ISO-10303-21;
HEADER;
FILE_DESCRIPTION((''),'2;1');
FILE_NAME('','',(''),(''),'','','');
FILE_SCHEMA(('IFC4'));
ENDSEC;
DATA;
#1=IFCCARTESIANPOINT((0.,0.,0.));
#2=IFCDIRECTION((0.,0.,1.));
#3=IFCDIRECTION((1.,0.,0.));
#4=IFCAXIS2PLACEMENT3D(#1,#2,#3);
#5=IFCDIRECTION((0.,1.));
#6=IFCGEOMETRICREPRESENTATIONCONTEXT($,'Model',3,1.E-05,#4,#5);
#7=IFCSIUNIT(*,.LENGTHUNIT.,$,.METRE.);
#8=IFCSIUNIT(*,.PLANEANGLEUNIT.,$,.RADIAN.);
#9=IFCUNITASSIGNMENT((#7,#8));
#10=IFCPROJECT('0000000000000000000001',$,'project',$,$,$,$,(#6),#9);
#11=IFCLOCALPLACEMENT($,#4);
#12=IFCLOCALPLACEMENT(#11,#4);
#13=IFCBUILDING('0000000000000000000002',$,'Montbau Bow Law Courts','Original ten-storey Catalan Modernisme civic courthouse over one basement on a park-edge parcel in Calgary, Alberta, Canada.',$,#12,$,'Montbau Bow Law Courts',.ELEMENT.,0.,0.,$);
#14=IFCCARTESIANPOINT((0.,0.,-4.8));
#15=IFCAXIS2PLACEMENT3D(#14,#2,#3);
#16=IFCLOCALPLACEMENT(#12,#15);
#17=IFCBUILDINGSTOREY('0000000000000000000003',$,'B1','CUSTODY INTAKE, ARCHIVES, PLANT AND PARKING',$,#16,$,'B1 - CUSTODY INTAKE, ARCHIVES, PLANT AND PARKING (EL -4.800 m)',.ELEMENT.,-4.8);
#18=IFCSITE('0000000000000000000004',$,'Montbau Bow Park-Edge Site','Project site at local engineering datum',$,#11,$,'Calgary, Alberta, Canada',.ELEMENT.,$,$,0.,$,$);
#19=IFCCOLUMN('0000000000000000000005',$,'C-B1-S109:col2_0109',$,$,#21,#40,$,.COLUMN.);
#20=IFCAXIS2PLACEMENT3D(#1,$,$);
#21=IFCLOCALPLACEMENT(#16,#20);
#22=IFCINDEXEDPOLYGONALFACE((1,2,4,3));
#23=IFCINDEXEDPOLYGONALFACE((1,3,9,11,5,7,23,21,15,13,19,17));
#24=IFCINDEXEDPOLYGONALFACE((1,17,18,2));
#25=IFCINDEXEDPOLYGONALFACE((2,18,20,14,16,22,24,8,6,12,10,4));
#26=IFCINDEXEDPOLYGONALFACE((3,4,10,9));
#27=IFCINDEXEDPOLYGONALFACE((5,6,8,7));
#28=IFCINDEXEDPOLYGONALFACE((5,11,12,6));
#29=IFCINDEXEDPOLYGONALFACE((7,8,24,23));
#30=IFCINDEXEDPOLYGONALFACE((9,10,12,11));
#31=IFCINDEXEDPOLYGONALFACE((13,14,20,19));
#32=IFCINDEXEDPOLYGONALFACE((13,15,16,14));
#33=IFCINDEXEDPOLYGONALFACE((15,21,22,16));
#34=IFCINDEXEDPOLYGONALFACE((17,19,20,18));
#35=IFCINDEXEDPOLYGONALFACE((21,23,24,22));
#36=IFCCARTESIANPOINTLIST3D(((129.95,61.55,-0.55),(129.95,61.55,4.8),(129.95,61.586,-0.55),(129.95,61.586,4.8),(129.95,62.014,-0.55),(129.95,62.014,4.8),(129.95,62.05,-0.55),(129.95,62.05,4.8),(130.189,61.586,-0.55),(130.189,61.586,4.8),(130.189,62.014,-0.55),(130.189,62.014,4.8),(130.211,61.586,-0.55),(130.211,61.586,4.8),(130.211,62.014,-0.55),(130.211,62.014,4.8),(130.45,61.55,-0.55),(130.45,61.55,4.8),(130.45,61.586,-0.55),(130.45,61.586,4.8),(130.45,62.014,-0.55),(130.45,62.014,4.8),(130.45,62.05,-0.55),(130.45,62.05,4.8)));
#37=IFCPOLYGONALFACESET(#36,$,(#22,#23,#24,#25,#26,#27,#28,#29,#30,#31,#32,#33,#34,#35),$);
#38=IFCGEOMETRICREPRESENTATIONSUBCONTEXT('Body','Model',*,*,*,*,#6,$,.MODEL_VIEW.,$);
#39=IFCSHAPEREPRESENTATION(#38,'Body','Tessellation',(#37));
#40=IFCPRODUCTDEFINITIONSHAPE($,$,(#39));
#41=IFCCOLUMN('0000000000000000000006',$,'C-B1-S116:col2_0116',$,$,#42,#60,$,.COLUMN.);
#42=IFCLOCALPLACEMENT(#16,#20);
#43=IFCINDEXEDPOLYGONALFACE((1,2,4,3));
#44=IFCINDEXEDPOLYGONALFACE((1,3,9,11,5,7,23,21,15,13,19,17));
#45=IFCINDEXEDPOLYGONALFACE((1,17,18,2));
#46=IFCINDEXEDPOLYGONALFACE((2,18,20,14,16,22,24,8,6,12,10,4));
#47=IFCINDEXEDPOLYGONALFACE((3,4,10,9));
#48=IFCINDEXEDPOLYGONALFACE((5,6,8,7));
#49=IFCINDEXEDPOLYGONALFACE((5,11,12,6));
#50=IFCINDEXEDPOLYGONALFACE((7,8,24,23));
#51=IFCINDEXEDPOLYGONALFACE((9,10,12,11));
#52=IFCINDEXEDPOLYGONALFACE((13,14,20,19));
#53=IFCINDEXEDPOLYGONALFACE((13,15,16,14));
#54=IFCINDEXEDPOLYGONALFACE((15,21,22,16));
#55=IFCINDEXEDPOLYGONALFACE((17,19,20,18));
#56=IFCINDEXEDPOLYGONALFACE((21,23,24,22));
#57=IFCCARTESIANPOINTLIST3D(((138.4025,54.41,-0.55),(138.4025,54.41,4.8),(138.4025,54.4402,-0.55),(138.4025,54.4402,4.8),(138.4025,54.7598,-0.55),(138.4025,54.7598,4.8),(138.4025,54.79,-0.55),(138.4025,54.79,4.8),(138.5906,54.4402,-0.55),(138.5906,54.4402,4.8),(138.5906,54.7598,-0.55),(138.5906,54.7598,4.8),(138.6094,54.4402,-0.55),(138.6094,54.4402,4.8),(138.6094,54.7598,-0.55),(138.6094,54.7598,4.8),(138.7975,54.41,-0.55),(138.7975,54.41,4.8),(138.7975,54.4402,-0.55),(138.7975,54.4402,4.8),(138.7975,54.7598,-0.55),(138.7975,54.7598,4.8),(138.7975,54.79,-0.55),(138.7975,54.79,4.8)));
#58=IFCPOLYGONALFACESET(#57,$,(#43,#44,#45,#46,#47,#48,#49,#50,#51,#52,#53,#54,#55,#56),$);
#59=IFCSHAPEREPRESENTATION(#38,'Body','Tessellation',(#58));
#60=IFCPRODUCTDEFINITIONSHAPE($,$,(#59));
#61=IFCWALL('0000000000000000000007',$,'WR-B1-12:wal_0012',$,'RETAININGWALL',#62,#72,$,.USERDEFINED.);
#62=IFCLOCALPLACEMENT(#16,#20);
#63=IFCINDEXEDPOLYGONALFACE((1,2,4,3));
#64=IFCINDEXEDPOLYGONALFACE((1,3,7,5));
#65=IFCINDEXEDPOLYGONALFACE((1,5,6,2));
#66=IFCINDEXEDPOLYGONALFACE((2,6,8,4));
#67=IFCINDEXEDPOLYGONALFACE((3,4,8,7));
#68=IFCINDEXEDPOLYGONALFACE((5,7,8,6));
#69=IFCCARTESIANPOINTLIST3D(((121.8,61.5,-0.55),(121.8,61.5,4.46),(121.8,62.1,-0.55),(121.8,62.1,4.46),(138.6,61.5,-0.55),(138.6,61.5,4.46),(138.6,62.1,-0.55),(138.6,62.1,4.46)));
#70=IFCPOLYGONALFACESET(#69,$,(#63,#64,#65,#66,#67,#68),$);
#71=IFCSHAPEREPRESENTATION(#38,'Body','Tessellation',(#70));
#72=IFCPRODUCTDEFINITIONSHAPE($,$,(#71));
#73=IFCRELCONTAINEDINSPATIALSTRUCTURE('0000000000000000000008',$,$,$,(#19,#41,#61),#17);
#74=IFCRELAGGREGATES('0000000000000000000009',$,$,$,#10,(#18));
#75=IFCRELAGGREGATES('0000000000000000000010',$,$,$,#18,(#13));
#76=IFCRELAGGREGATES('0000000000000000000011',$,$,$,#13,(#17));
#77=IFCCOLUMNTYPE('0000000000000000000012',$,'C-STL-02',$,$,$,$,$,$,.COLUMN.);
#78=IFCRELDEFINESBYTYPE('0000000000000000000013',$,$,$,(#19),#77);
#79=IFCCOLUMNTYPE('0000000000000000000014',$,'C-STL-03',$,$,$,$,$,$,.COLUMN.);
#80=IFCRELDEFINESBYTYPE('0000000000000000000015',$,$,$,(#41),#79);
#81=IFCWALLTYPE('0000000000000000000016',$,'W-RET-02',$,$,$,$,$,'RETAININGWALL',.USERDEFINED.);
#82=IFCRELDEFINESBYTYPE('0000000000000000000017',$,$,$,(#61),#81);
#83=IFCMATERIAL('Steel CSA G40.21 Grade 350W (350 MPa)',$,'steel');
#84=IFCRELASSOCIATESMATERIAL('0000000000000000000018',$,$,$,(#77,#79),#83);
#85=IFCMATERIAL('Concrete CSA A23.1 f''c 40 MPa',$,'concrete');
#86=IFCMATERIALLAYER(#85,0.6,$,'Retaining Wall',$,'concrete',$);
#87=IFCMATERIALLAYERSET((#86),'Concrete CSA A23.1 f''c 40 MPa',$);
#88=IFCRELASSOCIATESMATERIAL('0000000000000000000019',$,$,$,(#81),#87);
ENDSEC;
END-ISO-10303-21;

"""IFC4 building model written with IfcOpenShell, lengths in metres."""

from ifc_helpers import new_model, si_unit, direction, frame, frame_2d, origin_with_axes, origin_2d_with_axis, place, context, subcontext, project, spatial, rectangle, i_section, extrude, material, layer, layer_set, material_profile, profile_set, type_object, element, save


model = new_model("IFC4")

# Units and contexts
model_context = context("Model", 3, precision=1e-05, world=origin_with_axes(), true_north=direction((0.0, 1.0)))
body_context = subcontext(model_context, "Body", "Model", "MODEL_VIEW")
ifc_project = project(units=[si_unit("LENGTHUNIT", "METRE"), si_unit("PLANEANGLEUNIT", "RADIAN")], contexts=[model_context])

# Site, building, storey
site_placement = place(None, origin_with_axes())
site = spatial("IfcSite", under=ifc_project, at=site_placement, Name="Montbau Bow Park-Edge Site", Description="Project site at local engineering datum", LongName="Calgary, Alberta, Canada", CompositionType="ELEMENT", RefElevation=0.0)
building_placement = place(site_placement, origin_with_axes())
building = spatial("IfcBuilding", under=site, at=building_placement, Name="Montbau Bow Law Courts", Description="Original ten-storey Catalan Modernisme civic courthouse over one basement on a park-edge parcel in Calgary, Alberta, Canada.", LongName="Montbau Bow Law Courts", CompositionType="ELEMENT", ElevationOfRefHeight=0.0, ElevationOfTerrain=0.0)
storey_placement = place(building_placement, frame((0.0, 0.0, -4.8), z_axis=(0.0, 0.0, 1.0), x_axis=(1.0, 0.0, 0.0)))
storey = spatial("IfcBuildingStorey", under=building, at=storey_placement, Name="B1", Description="CUSTODY INTAKE, ARCHIVES, PLANT AND PARKING", LongName="B1 - CUSTODY INTAKE, ARCHIVES, PLANT AND PARKING (EL -4.800 m)", CompositionType="ELEMENT", Elevation=-4.8)

# Shared definitions
ifc_material_1 = material(Name="Concrete CSA A23.1 f'c 40 MPa", Category="concrete")

# Columns
ifc_material_2 = material(Name="Steel CSA G40.21 Grade 350W (350 MPa)", Category="steel")
ifc_material_profile_1 = material_profile(ifc_material_2, i_section(OverallWidth=0.5, OverallDepth=0.5, WebThickness=0.022, FlangeThickness=0.036, at=origin_2d_with_axis()), Name="WWF500X343", Category="Main", Priority=0)
ifc_profile_set_1 = profile_set([ifc_material_profile_1], Name="Steel CSA G40.21 Grade 350W (350 MPa)")
column_type_1 = type_object("IfcColumnType", Name="C-STL-02", PredefinedType="COLUMN", material=ifc_profile_set_1)
column_1_placement = place(None, frame((130.2, 61.8, -5.35), z_axis=(0.0, 0.0, 1.0), x_axis=(1.0, 0.0, 0.0)))
element("IfcColumn", 1, at=column_1_placement, inside=storey, type_object=column_type_1, Name="C-B1-S109:col2_0109", PredefinedType="COLUMN", context=body_context, shape_type="SweptSolid", body=[
    extrude(i_section(OverallWidth=0.5, OverallDepth=0.5, WebThickness=0.022, FlangeThickness=0.036, at=origin_2d_with_axis()), origin_with_axes(), (0.0, 0.0, 1.0), 5.35),
])
ifc_material_profile_2 = material_profile(ifc_material_2, i_section(OverallWidth=0.395, OverallDepth=0.38, WebThickness=0.0189, FlangeThickness=0.0302, at=origin_2d_with_axis()), Name="W360X237", Category="Main", Priority=0)
ifc_profile_set_2 = profile_set([ifc_material_profile_2], Name="Steel CSA G40.21 Grade 350W (350 MPa)")
column_type_2 = type_object("IfcColumnType", Name="C-STL-03", PredefinedType="COLUMN", material=ifc_profile_set_2)
column_2_placement = place(None, frame((138.6, 54.6, -5.35), z_axis=(0.0, 0.0, 1.0), x_axis=(1.0, 0.0, 0.0)))
element("IfcColumn", 2, at=column_2_placement, inside=storey, type_object=column_type_2, Name="C-B1-S116:col2_0116", PredefinedType="COLUMN", context=body_context, shape_type="SweptSolid", body=[
    extrude(i_section(OverallWidth=0.395, OverallDepth=0.38, WebThickness=0.0189, FlangeThickness=0.0302, at=origin_2d_with_axis()), origin_with_axes(), (0.0, 0.0, 1.0), 5.35),
])

# Wall
ifc_layer = layer(ifc_material_1, 0.6, Name="Retaining Wall", Category="concrete")
ifc_layer_set = layer_set([ifc_layer], Name="Concrete CSA A23.1 f'c 40 MPa")
wall_type = type_object("IfcWallType", Name="W-RET-02", ElementType="RETAININGWALL", PredefinedType="USERDEFINED", material=ifc_layer_set)
wall_placement = place(None, frame((138.6, 61.8, -5.35), z_axis=(0.0, 0.0, 1.0), x_axis=(-1.0, 0.0, 0.0)))
element("IfcWall", 3, at=wall_placement, inside=storey, type_object=wall_type, Name="WR-B1-12:wal_0012", ObjectType="RETAININGWALL", PredefinedType="USERDEFINED", context=body_context, shape_type="SweptSolid", body=[
    extrude(rectangle(XDim=16.8, YDim=0.6, at=frame_2d((8.4, 0.0), x_axis=(1.0, 0.0))), origin_with_axes(), (0.0, 0.0, 1.0), 5.01),
])

save(model, "model.ifc")
